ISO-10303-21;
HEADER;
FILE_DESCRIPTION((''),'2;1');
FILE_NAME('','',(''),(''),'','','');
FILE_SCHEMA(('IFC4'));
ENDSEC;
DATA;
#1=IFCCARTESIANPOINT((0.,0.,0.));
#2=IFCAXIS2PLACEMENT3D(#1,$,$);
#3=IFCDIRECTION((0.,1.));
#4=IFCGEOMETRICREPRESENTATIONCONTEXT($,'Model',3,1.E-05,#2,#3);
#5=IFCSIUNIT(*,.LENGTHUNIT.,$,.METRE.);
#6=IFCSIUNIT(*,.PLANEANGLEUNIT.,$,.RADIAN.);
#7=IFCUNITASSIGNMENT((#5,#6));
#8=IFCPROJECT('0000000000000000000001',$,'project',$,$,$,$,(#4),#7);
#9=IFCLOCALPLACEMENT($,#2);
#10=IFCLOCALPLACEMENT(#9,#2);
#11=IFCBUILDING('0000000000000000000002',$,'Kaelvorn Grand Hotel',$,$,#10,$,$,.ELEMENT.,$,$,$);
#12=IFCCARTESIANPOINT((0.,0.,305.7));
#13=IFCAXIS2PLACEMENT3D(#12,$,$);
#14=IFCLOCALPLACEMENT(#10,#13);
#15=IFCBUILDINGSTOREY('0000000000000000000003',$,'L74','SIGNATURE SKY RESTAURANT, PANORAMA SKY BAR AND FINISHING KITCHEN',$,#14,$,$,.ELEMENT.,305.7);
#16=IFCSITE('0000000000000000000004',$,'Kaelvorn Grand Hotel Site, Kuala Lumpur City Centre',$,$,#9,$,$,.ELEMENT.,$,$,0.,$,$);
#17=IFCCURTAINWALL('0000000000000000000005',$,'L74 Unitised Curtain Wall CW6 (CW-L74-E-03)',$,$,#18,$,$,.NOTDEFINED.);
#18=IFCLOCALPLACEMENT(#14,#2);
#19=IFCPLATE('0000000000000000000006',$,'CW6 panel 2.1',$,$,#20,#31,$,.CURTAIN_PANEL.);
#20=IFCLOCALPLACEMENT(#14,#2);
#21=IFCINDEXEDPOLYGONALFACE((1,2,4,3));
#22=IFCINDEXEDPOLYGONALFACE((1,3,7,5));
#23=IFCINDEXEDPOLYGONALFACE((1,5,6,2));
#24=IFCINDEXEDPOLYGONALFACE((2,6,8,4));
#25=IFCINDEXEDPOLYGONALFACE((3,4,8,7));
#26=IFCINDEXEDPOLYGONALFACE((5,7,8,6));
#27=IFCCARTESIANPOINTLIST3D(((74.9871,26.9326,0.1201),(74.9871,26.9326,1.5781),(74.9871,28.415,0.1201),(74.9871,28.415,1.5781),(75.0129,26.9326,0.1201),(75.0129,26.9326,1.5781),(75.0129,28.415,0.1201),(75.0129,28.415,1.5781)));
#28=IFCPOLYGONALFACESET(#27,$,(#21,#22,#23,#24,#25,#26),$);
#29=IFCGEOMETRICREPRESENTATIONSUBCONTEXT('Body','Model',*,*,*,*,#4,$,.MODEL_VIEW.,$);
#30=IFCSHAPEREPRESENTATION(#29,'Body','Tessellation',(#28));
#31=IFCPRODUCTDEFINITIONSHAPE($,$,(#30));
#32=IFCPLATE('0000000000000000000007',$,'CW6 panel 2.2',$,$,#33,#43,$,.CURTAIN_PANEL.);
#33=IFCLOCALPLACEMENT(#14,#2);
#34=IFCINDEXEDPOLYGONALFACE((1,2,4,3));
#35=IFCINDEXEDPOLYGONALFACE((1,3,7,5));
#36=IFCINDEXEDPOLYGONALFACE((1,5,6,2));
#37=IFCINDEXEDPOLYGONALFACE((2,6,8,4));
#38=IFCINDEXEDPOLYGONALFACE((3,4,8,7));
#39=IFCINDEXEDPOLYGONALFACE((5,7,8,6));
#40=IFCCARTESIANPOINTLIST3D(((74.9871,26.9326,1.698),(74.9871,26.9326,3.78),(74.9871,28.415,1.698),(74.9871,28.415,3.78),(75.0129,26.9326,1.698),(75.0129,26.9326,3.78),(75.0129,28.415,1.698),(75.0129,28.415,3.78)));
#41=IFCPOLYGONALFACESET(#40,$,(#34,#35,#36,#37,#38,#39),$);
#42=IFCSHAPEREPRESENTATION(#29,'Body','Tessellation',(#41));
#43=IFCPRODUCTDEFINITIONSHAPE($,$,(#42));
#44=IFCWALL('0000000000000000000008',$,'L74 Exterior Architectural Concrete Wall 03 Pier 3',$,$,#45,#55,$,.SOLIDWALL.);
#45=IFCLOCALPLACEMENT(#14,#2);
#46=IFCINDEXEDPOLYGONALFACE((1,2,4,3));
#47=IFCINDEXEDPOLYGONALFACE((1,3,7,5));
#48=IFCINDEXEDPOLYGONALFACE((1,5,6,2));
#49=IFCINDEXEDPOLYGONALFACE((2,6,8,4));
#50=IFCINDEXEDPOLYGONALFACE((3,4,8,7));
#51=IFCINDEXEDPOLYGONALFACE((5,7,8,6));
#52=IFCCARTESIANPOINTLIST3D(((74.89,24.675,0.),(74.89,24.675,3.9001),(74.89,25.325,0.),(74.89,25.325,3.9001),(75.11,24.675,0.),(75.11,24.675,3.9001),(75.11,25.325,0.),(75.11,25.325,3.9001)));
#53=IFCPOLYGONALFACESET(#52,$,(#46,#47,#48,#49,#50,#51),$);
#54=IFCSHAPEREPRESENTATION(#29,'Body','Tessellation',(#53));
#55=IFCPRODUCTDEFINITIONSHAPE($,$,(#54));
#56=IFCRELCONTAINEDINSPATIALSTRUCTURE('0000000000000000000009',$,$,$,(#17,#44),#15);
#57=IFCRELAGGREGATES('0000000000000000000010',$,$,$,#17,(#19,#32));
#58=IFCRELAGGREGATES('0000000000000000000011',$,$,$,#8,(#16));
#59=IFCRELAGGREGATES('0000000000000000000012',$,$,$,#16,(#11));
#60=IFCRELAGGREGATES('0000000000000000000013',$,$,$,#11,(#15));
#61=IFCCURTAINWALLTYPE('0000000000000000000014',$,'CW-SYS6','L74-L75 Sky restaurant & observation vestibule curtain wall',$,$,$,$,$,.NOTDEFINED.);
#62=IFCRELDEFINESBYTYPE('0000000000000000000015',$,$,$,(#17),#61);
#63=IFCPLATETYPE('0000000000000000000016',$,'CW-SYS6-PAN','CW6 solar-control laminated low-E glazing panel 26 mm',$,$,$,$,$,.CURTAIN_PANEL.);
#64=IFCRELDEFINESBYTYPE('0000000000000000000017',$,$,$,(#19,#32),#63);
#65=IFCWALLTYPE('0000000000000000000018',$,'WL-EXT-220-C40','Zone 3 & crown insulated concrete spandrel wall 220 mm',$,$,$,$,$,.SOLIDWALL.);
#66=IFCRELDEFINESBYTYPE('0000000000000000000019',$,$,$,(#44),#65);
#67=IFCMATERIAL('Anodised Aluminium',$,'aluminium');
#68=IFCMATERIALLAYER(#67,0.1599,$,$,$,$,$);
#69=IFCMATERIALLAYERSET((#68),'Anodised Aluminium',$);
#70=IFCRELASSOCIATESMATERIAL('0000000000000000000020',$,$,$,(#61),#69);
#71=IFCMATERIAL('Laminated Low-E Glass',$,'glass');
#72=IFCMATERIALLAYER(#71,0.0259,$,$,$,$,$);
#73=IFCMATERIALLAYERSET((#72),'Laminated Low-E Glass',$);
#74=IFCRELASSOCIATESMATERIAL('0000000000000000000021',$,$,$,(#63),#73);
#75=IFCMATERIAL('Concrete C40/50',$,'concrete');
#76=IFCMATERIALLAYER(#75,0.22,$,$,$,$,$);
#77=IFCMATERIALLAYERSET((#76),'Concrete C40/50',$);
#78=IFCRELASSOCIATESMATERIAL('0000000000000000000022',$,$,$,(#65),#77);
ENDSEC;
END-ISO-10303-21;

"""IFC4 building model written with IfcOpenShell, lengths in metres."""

from ifc_helpers import new_model, si_unit, direction, frame, frame_2d, origin, origin_2d, place, context, subcontext, project, spatial, rectangle, extrude, material, layer, layer_set, type_object, element, aggregate, save


model = new_model("IFC4")

# Units and contexts
model_context = context("Model", 3, precision=1e-05, world=origin(), true_north=direction((0.0, 1.0)))
body_context = subcontext(model_context, "Body", "Model", "MODEL_VIEW")
ifc_project = project(units=[si_unit("LENGTHUNIT", "METRE"), si_unit("PLANEANGLEUNIT", "RADIAN")], contexts=[model_context])

# Site, building, storey
site_placement = place(None, origin())
site = spatial("IfcSite", under=ifc_project, at=site_placement, Name="Kaelvorn Grand Hotel Site, Kuala Lumpur City Centre", CompositionType="ELEMENT", RefElevation=0.0)
building_placement = place(site_placement, origin())
building = spatial("IfcBuilding", under=site, at=building_placement, Name="Kaelvorn Grand Hotel", CompositionType="ELEMENT")
storey_placement = place(building_placement, frame((0.0, 0.0, 305.7)))
storey = spatial("IfcBuildingStorey", under=building, at=storey_placement, Name="L74", Description="SIGNATURE SKY RESTAURANT, PANORAMA SKY BAR AND FINISHING KITCHEN", CompositionType="ELEMENT", Elevation=305.7)

# Curtain wall
ifc_material_1 = material(Name="Anodised Aluminium", Category="aluminium")
ifc_layer_1 = layer(ifc_material_1, 0.1599)
ifc_layer_set_1 = layer_set([ifc_layer_1], Name="Anodised Aluminium")
curtain_wall_type = type_object("IfcCurtainWallType", Name="CW-SYS6", Description="L74-L75 Sky restaurant & observation vestibule curtain wall", PredefinedType="NOTDEFINED", material=ifc_layer_set_1)
curtain_wall_1_placement = place(storey_placement, origin())
curtain_wall_1 = element("IfcCurtainWall", 1, at=curtain_wall_1_placement, inside=storey, type_object=curtain_wall_type, Name="L74 Unitised Curtain Wall CW6 (CW-L74-E-03)", PredefinedType="NOTDEFINED")

# Plates
ifc_material_2 = material(Name="Laminated Low-E Glass", Category="glass")
ifc_layer_2 = layer(ifc_material_2, 0.0259)
ifc_layer_set_2 = layer_set([ifc_layer_2], Name="Laminated Low-E Glass")
plate_type = type_object("IfcPlateType", Name="CW-SYS6-PAN", Description="CW6 solar-control laminated low-E glazing panel 26 mm", PredefinedType="CURTAIN_PANEL", material=ifc_layer_set_2)
plate_1_placement = place(storey_placement, frame((75.0, 27.6738, 0.1201), z_axis=(0.0, 0.0, 1.0), x_axis=(0.0, 1.0, 0.0)))
plate_1 = element("IfcPlate", 2, at=plate_1_placement, type_object=plate_type, Name="CW6 panel 2.1", PredefinedType="CURTAIN_PANEL", context=body_context, shape_type="SweptSolid", body=[
    extrude(rectangle(XDim=1.4824, YDim=0.0259, at=origin_2d()), origin(), (0.0, 0.0, 1.0), 1.458),
])
plate_2_placement = place(storey_placement, frame((75.0, 27.6738, 1.698), z_axis=(0.0, 0.0, 1.0), x_axis=(0.0, 1.0, 0.0)))
plate_2 = element("IfcPlate", 3, at=plate_2_placement, type_object=plate_type, Name="CW6 panel 2.2", PredefinedType="CURTAIN_PANEL", context=body_context, shape_type="SweptSolid", body=[
    extrude(rectangle(XDim=1.4824, YDim=0.0259, at=origin_2d()), origin(), (0.0, 0.0, 1.0), 2.082),
])
aggregate(curtain_wall_1, [plate_1, plate_2])

# Wall
ifc_material_3 = material(Name="Concrete C40/50", Category="concrete")
ifc_layer_3 = layer(ifc_material_3, 0.22)
ifc_layer_set_3 = layer_set([ifc_layer_3], Name="Concrete C40/50")
wall_type = type_object("IfcWallType", Name="WL-EXT-220-C40", Description="Zone 3 & crown insulated concrete spandrel wall 220 mm", PredefinedType="SOLIDWALL", material=ifc_layer_set_3)
wall_placement = place(storey_placement, frame((75.0, 24.675, 0.0), z_axis=(0.0, 0.0, 1.0), x_axis=(0.0, 1.0, 0.0)))
element("IfcWall", 4, at=wall_placement, inside=storey, type_object=wall_type, Name="L74 Exterior Architectural Concrete Wall 03 Pier 3", PredefinedType="SOLIDWALL", context=body_context, shape_type="SweptSolid", body=[
    extrude(rectangle(XDim=0.6499, YDim=0.22, at=frame_2d((0.325, 0.0))), origin(), (0.0, 0.0, 1.0), 3.9001),
])

save(model, "model.ifc")
